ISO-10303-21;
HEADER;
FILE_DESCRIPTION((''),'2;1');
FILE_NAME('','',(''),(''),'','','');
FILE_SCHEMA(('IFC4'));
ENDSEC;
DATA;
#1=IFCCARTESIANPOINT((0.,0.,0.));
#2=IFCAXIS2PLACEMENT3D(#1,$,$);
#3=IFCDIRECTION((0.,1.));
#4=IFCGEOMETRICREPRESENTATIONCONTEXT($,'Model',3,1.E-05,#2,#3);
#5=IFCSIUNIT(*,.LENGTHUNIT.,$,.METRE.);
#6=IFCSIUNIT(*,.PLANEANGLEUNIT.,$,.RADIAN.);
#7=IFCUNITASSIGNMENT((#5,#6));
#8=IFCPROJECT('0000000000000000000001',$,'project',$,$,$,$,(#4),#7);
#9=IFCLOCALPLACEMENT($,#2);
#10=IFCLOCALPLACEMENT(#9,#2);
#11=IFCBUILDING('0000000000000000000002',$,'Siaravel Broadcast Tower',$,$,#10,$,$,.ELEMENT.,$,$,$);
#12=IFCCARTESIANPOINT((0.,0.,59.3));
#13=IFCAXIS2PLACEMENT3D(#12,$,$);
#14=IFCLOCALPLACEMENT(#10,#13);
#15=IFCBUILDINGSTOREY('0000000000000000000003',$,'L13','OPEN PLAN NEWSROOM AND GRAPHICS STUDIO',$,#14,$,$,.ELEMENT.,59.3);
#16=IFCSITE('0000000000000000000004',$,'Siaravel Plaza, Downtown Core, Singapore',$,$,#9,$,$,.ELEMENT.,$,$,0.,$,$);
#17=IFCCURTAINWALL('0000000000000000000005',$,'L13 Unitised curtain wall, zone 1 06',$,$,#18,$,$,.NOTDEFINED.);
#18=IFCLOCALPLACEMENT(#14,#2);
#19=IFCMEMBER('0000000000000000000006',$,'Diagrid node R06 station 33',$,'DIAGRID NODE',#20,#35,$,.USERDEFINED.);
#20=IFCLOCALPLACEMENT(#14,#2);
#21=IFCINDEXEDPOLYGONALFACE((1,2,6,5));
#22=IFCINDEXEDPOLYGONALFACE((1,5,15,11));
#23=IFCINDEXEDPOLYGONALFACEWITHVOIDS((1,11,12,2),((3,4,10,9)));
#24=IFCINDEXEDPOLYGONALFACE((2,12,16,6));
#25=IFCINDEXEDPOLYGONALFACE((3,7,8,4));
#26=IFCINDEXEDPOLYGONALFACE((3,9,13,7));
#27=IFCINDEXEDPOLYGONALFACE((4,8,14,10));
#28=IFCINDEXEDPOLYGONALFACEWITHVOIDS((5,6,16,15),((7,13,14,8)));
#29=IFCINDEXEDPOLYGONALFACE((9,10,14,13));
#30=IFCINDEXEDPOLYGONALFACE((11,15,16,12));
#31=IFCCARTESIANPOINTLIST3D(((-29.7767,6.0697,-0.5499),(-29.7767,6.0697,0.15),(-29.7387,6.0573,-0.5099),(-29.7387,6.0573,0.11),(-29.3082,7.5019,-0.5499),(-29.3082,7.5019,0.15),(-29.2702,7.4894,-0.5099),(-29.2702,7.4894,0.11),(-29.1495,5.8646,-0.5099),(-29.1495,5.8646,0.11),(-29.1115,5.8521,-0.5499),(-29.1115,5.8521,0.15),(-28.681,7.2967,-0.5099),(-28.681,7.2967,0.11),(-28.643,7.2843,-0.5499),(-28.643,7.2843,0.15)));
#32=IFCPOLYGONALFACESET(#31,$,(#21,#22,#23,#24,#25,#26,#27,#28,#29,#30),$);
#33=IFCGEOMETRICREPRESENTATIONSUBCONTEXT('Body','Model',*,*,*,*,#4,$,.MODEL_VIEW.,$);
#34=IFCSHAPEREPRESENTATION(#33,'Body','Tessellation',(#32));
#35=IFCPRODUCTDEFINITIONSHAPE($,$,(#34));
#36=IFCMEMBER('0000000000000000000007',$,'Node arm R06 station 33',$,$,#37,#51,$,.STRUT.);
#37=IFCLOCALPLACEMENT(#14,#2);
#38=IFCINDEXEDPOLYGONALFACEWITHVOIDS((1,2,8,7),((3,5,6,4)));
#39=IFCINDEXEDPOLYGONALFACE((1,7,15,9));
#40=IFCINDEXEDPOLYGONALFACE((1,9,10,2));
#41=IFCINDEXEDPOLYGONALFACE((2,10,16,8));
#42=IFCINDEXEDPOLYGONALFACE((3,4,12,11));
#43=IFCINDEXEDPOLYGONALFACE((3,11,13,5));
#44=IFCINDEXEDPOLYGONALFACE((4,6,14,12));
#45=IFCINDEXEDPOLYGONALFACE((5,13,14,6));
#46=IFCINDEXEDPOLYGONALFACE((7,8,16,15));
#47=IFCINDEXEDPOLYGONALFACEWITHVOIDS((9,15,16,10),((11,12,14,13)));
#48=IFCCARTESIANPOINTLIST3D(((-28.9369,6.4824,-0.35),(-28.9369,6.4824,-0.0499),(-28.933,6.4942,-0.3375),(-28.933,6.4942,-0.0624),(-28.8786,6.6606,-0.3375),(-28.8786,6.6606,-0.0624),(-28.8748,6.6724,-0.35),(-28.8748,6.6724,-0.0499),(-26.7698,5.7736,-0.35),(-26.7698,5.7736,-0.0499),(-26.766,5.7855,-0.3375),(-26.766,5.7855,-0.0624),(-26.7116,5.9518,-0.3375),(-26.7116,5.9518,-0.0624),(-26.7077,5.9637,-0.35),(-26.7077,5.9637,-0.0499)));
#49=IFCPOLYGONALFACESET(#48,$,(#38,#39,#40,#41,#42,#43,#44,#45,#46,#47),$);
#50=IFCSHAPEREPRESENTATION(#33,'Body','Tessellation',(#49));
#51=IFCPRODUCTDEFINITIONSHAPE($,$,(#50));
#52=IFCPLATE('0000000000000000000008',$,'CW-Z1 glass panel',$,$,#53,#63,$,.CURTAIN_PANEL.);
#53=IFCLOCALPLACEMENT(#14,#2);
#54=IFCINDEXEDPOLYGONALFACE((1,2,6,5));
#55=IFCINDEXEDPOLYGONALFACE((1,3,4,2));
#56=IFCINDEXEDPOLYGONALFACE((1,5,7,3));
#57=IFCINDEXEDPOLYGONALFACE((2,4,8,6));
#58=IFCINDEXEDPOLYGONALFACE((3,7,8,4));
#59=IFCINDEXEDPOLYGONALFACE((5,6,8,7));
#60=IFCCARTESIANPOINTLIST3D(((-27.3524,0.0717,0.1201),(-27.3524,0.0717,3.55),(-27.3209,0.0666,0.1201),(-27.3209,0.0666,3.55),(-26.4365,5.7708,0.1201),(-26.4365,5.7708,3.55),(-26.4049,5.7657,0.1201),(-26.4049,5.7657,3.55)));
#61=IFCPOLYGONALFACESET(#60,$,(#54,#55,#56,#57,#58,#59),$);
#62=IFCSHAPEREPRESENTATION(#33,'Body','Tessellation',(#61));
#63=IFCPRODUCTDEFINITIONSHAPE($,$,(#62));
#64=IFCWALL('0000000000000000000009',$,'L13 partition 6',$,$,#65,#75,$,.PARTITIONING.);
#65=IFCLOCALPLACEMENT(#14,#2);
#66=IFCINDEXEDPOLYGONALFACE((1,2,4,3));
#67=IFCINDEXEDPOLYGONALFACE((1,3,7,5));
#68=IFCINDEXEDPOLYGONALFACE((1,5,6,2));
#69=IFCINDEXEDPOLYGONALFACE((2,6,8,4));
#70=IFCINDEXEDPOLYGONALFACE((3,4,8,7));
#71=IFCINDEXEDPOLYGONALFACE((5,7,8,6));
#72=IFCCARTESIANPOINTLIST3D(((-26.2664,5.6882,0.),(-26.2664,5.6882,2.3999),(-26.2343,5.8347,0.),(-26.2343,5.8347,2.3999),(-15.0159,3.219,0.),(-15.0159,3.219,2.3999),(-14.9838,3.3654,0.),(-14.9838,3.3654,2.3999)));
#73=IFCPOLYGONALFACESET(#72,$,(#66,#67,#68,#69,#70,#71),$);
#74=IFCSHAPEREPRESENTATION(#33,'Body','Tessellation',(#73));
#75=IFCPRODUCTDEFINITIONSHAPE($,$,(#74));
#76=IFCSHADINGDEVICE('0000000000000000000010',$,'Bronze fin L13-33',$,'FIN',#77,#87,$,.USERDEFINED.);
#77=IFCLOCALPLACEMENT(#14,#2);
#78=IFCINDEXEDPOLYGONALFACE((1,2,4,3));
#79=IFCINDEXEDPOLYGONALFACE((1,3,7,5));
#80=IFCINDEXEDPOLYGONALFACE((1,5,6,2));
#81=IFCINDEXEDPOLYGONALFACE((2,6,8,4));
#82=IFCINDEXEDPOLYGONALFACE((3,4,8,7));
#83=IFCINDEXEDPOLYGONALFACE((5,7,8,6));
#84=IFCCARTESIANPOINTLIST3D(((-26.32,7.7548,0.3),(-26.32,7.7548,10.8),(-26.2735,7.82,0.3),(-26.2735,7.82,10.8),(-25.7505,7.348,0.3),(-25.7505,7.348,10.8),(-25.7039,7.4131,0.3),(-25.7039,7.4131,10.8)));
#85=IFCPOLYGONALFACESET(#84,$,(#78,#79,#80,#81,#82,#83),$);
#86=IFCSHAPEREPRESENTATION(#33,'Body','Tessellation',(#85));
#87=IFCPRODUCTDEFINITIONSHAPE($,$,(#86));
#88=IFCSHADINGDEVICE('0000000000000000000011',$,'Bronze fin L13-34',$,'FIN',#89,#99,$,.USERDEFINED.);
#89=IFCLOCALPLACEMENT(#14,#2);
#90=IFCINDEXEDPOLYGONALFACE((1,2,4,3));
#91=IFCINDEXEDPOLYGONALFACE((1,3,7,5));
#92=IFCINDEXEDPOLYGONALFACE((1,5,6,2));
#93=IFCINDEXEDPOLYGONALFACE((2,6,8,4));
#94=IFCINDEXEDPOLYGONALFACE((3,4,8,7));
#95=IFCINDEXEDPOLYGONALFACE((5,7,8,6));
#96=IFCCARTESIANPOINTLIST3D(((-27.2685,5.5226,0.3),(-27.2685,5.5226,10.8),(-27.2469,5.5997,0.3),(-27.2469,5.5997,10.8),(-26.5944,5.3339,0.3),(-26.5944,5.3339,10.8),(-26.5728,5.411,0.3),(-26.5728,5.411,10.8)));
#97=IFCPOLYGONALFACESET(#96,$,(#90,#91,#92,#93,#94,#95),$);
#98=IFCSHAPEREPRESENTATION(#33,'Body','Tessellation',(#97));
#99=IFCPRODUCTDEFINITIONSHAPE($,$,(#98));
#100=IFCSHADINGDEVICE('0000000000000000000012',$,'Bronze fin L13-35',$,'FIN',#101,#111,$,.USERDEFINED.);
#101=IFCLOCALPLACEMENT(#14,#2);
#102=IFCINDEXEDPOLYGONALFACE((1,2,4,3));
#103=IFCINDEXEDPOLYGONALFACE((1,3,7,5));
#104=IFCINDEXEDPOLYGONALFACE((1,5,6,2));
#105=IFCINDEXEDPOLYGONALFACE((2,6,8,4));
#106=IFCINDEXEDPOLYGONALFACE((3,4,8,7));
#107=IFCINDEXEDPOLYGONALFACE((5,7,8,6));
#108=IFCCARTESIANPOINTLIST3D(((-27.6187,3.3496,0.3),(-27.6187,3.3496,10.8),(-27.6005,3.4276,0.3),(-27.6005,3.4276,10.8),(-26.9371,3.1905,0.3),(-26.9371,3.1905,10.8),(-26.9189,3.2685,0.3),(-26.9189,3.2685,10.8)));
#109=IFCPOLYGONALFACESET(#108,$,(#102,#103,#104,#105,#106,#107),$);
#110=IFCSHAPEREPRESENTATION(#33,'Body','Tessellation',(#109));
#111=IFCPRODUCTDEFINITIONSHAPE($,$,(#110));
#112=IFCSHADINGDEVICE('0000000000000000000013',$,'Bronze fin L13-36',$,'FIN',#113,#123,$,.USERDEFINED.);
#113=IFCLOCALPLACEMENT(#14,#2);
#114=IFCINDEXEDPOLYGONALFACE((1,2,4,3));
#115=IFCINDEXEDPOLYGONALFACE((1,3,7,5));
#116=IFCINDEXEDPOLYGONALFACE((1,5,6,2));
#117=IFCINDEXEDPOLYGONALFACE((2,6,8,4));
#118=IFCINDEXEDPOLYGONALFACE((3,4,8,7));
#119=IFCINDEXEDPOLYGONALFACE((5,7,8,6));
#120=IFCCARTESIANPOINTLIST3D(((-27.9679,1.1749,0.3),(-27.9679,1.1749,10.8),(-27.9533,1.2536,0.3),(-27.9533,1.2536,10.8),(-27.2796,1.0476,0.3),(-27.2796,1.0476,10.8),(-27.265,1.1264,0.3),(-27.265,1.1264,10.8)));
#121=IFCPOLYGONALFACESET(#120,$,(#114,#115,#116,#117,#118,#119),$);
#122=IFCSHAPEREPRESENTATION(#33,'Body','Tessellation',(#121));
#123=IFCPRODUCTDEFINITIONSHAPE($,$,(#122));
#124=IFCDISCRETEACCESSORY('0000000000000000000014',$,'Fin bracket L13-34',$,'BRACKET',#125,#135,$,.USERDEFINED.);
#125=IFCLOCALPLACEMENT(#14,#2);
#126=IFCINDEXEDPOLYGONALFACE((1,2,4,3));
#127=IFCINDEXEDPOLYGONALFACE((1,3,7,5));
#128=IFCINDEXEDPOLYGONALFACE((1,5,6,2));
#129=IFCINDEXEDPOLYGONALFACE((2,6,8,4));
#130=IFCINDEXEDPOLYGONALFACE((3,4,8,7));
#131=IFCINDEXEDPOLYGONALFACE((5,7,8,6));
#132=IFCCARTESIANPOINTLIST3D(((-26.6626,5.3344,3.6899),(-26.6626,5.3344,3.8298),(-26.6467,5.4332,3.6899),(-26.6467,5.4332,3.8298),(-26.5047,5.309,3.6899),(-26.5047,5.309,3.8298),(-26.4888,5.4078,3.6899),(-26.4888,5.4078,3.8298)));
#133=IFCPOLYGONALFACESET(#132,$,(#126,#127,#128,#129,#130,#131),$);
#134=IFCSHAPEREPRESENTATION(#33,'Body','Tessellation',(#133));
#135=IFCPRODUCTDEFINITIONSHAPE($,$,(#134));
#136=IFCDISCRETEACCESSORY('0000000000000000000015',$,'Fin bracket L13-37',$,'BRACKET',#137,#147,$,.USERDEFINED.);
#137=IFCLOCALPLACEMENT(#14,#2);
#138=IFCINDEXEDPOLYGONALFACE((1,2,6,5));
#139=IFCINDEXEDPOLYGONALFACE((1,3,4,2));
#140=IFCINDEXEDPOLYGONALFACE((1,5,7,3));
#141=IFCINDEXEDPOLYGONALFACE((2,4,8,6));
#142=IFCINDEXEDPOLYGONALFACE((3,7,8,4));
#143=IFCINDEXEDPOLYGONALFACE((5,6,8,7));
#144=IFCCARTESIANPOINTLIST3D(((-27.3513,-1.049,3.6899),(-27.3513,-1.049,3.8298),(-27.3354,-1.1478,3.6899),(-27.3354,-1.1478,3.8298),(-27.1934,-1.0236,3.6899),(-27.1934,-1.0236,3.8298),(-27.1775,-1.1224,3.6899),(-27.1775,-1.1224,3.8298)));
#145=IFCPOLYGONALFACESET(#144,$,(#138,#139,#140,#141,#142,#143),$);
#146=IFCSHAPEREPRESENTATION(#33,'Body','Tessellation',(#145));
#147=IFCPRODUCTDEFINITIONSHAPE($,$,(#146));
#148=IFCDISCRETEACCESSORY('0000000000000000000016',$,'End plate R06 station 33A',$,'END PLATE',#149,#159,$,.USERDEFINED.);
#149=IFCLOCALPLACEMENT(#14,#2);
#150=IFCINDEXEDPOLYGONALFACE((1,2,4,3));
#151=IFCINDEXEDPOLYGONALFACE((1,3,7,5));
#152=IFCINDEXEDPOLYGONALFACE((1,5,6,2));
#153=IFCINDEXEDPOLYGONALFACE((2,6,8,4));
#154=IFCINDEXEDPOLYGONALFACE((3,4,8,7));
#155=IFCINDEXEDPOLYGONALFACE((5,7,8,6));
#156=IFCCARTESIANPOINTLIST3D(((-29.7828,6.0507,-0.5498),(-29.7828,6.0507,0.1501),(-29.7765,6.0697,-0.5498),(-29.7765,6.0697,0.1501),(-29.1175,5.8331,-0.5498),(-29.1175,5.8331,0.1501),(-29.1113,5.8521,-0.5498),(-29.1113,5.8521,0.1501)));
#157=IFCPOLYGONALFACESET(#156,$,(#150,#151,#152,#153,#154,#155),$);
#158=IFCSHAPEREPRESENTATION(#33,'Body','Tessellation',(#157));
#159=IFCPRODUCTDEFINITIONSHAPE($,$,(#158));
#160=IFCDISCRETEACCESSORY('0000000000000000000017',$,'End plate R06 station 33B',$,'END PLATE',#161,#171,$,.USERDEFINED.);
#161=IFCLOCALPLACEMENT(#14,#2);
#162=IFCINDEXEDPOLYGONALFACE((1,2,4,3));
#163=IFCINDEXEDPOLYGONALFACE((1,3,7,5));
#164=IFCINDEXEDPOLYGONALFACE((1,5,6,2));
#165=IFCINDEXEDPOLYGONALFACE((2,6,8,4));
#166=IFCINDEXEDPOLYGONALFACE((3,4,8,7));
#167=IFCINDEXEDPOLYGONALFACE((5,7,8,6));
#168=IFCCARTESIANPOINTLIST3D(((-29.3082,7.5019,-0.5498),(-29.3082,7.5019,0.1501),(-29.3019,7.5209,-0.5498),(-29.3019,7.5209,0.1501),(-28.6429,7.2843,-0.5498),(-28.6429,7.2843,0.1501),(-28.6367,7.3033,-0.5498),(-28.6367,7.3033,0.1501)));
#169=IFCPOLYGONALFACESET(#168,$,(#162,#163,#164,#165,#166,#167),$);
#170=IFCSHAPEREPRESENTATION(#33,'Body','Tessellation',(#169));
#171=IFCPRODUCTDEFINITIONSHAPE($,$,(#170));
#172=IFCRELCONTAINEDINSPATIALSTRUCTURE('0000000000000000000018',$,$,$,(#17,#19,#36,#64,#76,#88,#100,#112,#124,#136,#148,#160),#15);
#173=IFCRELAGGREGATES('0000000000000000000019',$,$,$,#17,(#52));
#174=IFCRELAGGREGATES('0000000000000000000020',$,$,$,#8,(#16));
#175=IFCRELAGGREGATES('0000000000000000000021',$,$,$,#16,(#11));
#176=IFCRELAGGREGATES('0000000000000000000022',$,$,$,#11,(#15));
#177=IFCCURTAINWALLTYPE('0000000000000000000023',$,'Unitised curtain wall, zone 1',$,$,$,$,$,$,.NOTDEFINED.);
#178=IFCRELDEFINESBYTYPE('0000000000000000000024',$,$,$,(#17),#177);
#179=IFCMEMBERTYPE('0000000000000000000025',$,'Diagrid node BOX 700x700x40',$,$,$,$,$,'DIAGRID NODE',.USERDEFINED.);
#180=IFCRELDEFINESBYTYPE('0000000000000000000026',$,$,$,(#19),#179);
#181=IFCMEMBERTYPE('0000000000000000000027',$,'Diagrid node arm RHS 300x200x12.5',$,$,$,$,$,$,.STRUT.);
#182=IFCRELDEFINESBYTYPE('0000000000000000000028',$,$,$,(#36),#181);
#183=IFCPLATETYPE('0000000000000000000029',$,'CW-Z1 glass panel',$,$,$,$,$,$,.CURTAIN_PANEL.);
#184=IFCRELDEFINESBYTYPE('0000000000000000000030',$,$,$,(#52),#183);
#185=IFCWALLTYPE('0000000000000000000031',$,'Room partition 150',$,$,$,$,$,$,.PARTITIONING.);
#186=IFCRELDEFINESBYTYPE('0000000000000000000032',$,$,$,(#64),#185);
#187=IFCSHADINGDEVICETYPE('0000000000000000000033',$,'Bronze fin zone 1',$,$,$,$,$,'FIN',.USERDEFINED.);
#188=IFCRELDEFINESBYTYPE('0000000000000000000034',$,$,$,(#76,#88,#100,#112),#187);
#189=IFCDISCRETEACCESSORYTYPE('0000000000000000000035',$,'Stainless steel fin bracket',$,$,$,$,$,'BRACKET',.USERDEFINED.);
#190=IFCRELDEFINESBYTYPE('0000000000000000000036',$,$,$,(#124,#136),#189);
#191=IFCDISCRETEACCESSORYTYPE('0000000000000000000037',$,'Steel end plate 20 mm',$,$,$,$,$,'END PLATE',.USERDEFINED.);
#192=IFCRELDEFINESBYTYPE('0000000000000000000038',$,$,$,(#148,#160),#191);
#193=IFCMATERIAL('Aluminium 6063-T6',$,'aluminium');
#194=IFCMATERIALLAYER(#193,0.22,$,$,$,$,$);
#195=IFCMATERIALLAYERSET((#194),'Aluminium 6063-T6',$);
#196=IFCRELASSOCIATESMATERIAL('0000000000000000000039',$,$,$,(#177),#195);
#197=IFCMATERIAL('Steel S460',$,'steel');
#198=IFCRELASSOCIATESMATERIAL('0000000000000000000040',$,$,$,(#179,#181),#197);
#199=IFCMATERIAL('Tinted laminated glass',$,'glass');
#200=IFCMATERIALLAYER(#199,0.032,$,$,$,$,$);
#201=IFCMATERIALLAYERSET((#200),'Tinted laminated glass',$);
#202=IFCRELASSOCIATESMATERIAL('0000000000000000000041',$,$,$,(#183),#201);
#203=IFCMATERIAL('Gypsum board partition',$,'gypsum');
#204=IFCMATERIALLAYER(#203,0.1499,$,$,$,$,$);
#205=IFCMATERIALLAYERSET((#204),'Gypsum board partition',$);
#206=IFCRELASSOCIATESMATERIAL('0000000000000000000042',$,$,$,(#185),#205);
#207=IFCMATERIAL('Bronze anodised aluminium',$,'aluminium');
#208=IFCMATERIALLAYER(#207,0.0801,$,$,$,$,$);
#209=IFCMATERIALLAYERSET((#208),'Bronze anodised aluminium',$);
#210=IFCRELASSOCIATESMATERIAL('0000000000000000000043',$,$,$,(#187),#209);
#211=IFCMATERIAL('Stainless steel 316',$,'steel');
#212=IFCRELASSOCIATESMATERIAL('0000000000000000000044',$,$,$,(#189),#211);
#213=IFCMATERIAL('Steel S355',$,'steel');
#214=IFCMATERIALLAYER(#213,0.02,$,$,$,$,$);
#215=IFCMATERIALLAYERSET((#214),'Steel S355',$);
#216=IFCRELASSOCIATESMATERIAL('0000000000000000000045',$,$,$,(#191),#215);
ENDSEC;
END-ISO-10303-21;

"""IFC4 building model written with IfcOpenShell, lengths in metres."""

from ifc_helpers import new_model, si_unit, direction, frame, frame_2d, origin, origin_2d, place, context, subcontext, project, spatial, rectangle, hollow_rectangle, extrude, material, layer, layer_set, material_profile, profile_set, type_object, element, aggregate, save


model = new_model("IFC4")

# Units and contexts
model_context = context("Model", 3, precision=1e-05, world=origin(), true_north=direction((0.0, 1.0)))
body_context = subcontext(model_context, "Body", "Model", "MODEL_VIEW")
ifc_project = project(units=[si_unit("LENGTHUNIT", "METRE"), si_unit("PLANEANGLEUNIT", "RADIAN")], contexts=[model_context])

# Site, building, storey
site_placement = place(None, origin())
site = spatial("IfcSite", under=ifc_project, at=site_placement, Name="Siaravel Plaza, Downtown Core, Singapore", CompositionType="ELEMENT", RefElevation=0.0)
building_placement = place(site_placement, origin())
building = spatial("IfcBuilding", under=site, at=building_placement, Name="Siaravel Broadcast Tower", CompositionType="ELEMENT")
storey_placement = place(building_placement, frame((0.0, 0.0, 59.3)))
storey = spatial("IfcBuildingStorey", under=building, at=storey_placement, Name="L13", Description="OPEN PLAN NEWSROOM AND GRAPHICS STUDIO", CompositionType="ELEMENT", Elevation=59.3)

# Shared definitions
ifc_material_1 = material(Name="Steel S355", Category="steel")

# Curtain wall
ifc_material_2 = material(Name="Aluminium 6063-T6", Category="aluminium")
ifc_layer_1 = layer(ifc_material_2, 0.22)
ifc_layer_set_1 = layer_set([ifc_layer_1], Name="Aluminium 6063-T6")
curtain_wall_type = type_object("IfcCurtainWallType", Name="Unitised curtain wall, zone 1", PredefinedType="NOTDEFINED", material=ifc_layer_set_1)
curtain_wall_1_placement = place(storey_placement, origin())
curtain_wall_1 = element("IfcCurtainWall", 1, at=curtain_wall_1_placement, inside=storey, type_object=curtain_wall_type, Name="L13 Unitised curtain wall, zone 1 06", PredefinedType="NOTDEFINED")

# Members
ifc_material_3 = material(Name="Steel S460", Category="steel")
ifc_material_profile_1 = material_profile(ifc_material_3, hollow_rectangle(XDim=0.7, YDim=0.7, WallThickness=0.04, at=origin_2d()))
ifc_profile_set_1 = profile_set([ifc_material_profile_1], Name="Steel S460")
member_type_1 = type_object("IfcMemberType", Name="Diagrid node BOX 700x700x40", ElementType="DIAGRID NODE", PredefinedType="USERDEFINED", material=ifc_profile_set_1)
member_1_placement = place(storey_placement, frame((-28.9756, 7.3931, -0.2), z_axis=(-0.310925, -0.950435, 0.0), x_axis=(0.950435, -0.310925, 0.0)))
element("IfcMember", 2, at=member_1_placement, inside=storey, type_object=member_type_1, Name="Diagrid node R06 station 33", ObjectType="DIAGRID NODE", PredefinedType="USERDEFINED", context=body_context, shape_type="SweptSolid", body=[
    extrude(hollow_rectangle(XDim=0.7, YDim=0.7, WallThickness=0.04, at=origin_2d()), origin(), (0.0, 0.0, 1.0), 1.5068),
])
ifc_material_profile_2 = material_profile(ifc_material_3, hollow_rectangle(XDim=0.2, YDim=0.3, WallThickness=0.0125, at=origin_2d()))
ifc_profile_set_2 = profile_set([ifc_material_profile_2], Name="Steel S460")
member_type_2 = type_object("IfcMemberType", Name="Diagrid node arm RHS 300x200x12.5", PredefinedType="STRUT", material=ifc_profile_set_2)
member_2_placement = place(storey_placement, frame((-26.7388, 5.8687, -0.2), z_axis=(-0.950456, 0.310858, 0.0), x_axis=(-0.310858, -0.950456, 0.0)))
element("IfcMember", 3, at=member_2_placement, inside=storey, type_object=member_type_2, Name="Node arm R06 station 33", PredefinedType="STRUT", context=body_context, shape_type="SweptSolid", body=[
    extrude(hollow_rectangle(XDim=0.2, YDim=0.3, WallThickness=0.0125, at=origin_2d()), origin(), (0.0, 0.0, 1.0), 2.28),
])

# Plate
ifc_material_4 = material(Name="Tinted laminated glass", Category="glass")
ifc_layer_2 = layer(ifc_material_4, 0.032)
ifc_layer_set_2 = layer_set([ifc_layer_2], Name="Tinted laminated glass")
plate_type = type_object("IfcPlateType", Name="CW-Z1 glass panel", PredefinedType="CURTAIN_PANEL", material=ifc_layer_set_2)
plate_placement = place(storey_placement, frame((-26.8787, 2.9187, 0.1201), z_axis=(0.0, 0.0, 1.0), x_axis=(-0.158686, -0.987329, 0.0)))
plate = element("IfcPlate", 4, at=plate_placement, type_object=plate_type, Name="CW-Z1 glass panel", PredefinedType="CURTAIN_PANEL", context=body_context, shape_type="SweptSolid", body=[
    extrude(rectangle(XDim=5.7722, YDim=0.032, at=origin_2d()), origin(), (0.0, 0.0, 1.0), 3.4299),
])
aggregate(curtain_wall_1, [plate])

# Wall
ifc_material_5 = material(Name="Gypsum board partition", Category="gypsum")
ifc_layer_3 = layer(ifc_material_5, 0.1499)
ifc_layer_set_3 = layer_set([ifc_layer_3], Name="Gypsum board partition")
wall_type = type_object("IfcWallType", Name="Room partition 150", PredefinedType="PARTITIONING", material=ifc_layer_set_3)
wall_placement = place(storey_placement, frame((-26.2505, 5.7615, 0.0), z_axis=(0.0, 0.0, 1.0), x_axis=(0.976751, -0.214376, 0.0)))
element("IfcWall", 5, at=wall_placement, inside=storey, type_object=wall_type, Name="L13 partition 6", PredefinedType="PARTITIONING", context=body_context, shape_type="SweptSolid", body=[
    extrude(rectangle(XDim=11.5183, YDim=0.1499, at=frame_2d((5.7593, 0.0))), origin(), (0.0, 0.0, 1.0), 2.3999),
])

# Shading devices
ifc_material_6 = material(Name="Bronze anodised aluminium", Category="aluminium")
ifc_layer_4 = layer(ifc_material_6, 0.0801)
ifc_layer_set_4 = layer_set([ifc_layer_4], Name="Bronze anodised aluminium")
shading_device_type = type_object("IfcShadingDeviceType", Name="Bronze fin zone 1", ElementType="FIN", PredefinedType="USERDEFINED", material=ifc_layer_set_4)
for number, where, z_axis, x_axis, name in (
    (6, (-26.012, 7.584, 0.3), (0.0, 0.0, 1.0), (-0.813689, 0.581301, 0.0), "Bronze fin L13-33"),
    (7, (-26.9207, 5.4668, 0.3), (0.0, 0.0, 1.0), (-0.962943, 0.269706, 0.0), "Bronze fin L13-34"),
    (8, (-27.2688, 3.3091, 0.3), (0.0, 0.0, 1.0), (-0.973819, 0.227326, 0.0), "Bronze fin L13-35"),
    (9, (-27.6165, 1.1506, 0.3), (0.0, 0.0, 1.0), (-0.983334, 0.18181, 0.0), "Bronze fin L13-36"),
):
    element("IfcShadingDevice", number, at=place(storey_placement, frame(where, z_axis=z_axis, x_axis=x_axis)), inside=storey, type_object=shading_device_type, Name=name, ObjectType="FIN", PredefinedType="USERDEFINED", context=body_context, shape_type="SweptSolid", body=[
        extrude(rectangle(XDim=0.7, YDim=0.0801, at=origin_2d()), origin(), (0.0, 0.0, 1.0), 10.5),
    ])

# Discrete accessories
ifc_material_7 = material(Name="Stainless steel 316", Category="steel")
discrete_accessory_type_1 = type_object("IfcDiscreteAccessoryType", Name="Stainless steel fin bracket", ElementType="BRACKET", PredefinedType="USERDEFINED", material=ifc_material_7)
for number, where, z_axis, x_axis, name in (
    (10, (-26.5757, 5.3711, 3.6899), (0.0, 0.0, 1.0), (-0.987329, 0.158685, 0.0), "Fin bracket L13-34"),
    (11, (-27.2644, -1.0857, 3.6899), (0.0, 0.0, 1.0), (-0.987329, -0.158685, 0.0), "Fin bracket L13-37"),
):
    element("IfcDiscreteAccessory", number, at=place(storey_placement, frame(where, z_axis=z_axis, x_axis=x_axis)), inside=storey, type_object=discrete_accessory_type_1, Name=name, ObjectType="BRACKET", PredefinedType="USERDEFINED", context=body_context, shape_type="SweptSolid", body=[
        extrude(rectangle(XDim=0.1599, YDim=0.1001, at=origin_2d()), origin(), (0.0, 0.0, 1.0), 0.1399),
    ])
ifc_layer_5 = layer(ifc_material_1, 0.02)
ifc_layer_set_5 = layer_set([ifc_layer_5], Name="Steel S355")
discrete_accessory_type_2 = type_object("IfcDiscreteAccessoryType", Name="Steel end plate 20 mm", ElementType="END PLATE", PredefinedType="USERDEFINED", material=ifc_layer_set_5)
for number, where, z_axis, x_axis, name in (
    (12, (-29.447, 5.9514, -0.5498), (0.0, 0.0, 1.0), (-0.310909, -0.95044, 0.0), "End plate R06 station 33A"),
    (13, (-28.9724, 7.4026, -0.5498), (0.0, 0.0, 1.0), (-0.310909, -0.95044, 0.0), "End plate R06 station 33B"),
):
    element("IfcDiscreteAccessory", number, at=place(storey_placement, frame(where, z_axis=z_axis, x_axis=x_axis)), inside=storey, type_object=discrete_accessory_type_2, Name=name, ObjectType="END PLATE", PredefinedType="USERDEFINED", context=body_context, shape_type="SweptSolid", body=[
        extrude(rectangle(XDim=0.02, YDim=0.7, at=origin_2d()), origin(), (0.0, 0.0, 1.0), 0.7),
    ])

save(model, "model.ifc")
